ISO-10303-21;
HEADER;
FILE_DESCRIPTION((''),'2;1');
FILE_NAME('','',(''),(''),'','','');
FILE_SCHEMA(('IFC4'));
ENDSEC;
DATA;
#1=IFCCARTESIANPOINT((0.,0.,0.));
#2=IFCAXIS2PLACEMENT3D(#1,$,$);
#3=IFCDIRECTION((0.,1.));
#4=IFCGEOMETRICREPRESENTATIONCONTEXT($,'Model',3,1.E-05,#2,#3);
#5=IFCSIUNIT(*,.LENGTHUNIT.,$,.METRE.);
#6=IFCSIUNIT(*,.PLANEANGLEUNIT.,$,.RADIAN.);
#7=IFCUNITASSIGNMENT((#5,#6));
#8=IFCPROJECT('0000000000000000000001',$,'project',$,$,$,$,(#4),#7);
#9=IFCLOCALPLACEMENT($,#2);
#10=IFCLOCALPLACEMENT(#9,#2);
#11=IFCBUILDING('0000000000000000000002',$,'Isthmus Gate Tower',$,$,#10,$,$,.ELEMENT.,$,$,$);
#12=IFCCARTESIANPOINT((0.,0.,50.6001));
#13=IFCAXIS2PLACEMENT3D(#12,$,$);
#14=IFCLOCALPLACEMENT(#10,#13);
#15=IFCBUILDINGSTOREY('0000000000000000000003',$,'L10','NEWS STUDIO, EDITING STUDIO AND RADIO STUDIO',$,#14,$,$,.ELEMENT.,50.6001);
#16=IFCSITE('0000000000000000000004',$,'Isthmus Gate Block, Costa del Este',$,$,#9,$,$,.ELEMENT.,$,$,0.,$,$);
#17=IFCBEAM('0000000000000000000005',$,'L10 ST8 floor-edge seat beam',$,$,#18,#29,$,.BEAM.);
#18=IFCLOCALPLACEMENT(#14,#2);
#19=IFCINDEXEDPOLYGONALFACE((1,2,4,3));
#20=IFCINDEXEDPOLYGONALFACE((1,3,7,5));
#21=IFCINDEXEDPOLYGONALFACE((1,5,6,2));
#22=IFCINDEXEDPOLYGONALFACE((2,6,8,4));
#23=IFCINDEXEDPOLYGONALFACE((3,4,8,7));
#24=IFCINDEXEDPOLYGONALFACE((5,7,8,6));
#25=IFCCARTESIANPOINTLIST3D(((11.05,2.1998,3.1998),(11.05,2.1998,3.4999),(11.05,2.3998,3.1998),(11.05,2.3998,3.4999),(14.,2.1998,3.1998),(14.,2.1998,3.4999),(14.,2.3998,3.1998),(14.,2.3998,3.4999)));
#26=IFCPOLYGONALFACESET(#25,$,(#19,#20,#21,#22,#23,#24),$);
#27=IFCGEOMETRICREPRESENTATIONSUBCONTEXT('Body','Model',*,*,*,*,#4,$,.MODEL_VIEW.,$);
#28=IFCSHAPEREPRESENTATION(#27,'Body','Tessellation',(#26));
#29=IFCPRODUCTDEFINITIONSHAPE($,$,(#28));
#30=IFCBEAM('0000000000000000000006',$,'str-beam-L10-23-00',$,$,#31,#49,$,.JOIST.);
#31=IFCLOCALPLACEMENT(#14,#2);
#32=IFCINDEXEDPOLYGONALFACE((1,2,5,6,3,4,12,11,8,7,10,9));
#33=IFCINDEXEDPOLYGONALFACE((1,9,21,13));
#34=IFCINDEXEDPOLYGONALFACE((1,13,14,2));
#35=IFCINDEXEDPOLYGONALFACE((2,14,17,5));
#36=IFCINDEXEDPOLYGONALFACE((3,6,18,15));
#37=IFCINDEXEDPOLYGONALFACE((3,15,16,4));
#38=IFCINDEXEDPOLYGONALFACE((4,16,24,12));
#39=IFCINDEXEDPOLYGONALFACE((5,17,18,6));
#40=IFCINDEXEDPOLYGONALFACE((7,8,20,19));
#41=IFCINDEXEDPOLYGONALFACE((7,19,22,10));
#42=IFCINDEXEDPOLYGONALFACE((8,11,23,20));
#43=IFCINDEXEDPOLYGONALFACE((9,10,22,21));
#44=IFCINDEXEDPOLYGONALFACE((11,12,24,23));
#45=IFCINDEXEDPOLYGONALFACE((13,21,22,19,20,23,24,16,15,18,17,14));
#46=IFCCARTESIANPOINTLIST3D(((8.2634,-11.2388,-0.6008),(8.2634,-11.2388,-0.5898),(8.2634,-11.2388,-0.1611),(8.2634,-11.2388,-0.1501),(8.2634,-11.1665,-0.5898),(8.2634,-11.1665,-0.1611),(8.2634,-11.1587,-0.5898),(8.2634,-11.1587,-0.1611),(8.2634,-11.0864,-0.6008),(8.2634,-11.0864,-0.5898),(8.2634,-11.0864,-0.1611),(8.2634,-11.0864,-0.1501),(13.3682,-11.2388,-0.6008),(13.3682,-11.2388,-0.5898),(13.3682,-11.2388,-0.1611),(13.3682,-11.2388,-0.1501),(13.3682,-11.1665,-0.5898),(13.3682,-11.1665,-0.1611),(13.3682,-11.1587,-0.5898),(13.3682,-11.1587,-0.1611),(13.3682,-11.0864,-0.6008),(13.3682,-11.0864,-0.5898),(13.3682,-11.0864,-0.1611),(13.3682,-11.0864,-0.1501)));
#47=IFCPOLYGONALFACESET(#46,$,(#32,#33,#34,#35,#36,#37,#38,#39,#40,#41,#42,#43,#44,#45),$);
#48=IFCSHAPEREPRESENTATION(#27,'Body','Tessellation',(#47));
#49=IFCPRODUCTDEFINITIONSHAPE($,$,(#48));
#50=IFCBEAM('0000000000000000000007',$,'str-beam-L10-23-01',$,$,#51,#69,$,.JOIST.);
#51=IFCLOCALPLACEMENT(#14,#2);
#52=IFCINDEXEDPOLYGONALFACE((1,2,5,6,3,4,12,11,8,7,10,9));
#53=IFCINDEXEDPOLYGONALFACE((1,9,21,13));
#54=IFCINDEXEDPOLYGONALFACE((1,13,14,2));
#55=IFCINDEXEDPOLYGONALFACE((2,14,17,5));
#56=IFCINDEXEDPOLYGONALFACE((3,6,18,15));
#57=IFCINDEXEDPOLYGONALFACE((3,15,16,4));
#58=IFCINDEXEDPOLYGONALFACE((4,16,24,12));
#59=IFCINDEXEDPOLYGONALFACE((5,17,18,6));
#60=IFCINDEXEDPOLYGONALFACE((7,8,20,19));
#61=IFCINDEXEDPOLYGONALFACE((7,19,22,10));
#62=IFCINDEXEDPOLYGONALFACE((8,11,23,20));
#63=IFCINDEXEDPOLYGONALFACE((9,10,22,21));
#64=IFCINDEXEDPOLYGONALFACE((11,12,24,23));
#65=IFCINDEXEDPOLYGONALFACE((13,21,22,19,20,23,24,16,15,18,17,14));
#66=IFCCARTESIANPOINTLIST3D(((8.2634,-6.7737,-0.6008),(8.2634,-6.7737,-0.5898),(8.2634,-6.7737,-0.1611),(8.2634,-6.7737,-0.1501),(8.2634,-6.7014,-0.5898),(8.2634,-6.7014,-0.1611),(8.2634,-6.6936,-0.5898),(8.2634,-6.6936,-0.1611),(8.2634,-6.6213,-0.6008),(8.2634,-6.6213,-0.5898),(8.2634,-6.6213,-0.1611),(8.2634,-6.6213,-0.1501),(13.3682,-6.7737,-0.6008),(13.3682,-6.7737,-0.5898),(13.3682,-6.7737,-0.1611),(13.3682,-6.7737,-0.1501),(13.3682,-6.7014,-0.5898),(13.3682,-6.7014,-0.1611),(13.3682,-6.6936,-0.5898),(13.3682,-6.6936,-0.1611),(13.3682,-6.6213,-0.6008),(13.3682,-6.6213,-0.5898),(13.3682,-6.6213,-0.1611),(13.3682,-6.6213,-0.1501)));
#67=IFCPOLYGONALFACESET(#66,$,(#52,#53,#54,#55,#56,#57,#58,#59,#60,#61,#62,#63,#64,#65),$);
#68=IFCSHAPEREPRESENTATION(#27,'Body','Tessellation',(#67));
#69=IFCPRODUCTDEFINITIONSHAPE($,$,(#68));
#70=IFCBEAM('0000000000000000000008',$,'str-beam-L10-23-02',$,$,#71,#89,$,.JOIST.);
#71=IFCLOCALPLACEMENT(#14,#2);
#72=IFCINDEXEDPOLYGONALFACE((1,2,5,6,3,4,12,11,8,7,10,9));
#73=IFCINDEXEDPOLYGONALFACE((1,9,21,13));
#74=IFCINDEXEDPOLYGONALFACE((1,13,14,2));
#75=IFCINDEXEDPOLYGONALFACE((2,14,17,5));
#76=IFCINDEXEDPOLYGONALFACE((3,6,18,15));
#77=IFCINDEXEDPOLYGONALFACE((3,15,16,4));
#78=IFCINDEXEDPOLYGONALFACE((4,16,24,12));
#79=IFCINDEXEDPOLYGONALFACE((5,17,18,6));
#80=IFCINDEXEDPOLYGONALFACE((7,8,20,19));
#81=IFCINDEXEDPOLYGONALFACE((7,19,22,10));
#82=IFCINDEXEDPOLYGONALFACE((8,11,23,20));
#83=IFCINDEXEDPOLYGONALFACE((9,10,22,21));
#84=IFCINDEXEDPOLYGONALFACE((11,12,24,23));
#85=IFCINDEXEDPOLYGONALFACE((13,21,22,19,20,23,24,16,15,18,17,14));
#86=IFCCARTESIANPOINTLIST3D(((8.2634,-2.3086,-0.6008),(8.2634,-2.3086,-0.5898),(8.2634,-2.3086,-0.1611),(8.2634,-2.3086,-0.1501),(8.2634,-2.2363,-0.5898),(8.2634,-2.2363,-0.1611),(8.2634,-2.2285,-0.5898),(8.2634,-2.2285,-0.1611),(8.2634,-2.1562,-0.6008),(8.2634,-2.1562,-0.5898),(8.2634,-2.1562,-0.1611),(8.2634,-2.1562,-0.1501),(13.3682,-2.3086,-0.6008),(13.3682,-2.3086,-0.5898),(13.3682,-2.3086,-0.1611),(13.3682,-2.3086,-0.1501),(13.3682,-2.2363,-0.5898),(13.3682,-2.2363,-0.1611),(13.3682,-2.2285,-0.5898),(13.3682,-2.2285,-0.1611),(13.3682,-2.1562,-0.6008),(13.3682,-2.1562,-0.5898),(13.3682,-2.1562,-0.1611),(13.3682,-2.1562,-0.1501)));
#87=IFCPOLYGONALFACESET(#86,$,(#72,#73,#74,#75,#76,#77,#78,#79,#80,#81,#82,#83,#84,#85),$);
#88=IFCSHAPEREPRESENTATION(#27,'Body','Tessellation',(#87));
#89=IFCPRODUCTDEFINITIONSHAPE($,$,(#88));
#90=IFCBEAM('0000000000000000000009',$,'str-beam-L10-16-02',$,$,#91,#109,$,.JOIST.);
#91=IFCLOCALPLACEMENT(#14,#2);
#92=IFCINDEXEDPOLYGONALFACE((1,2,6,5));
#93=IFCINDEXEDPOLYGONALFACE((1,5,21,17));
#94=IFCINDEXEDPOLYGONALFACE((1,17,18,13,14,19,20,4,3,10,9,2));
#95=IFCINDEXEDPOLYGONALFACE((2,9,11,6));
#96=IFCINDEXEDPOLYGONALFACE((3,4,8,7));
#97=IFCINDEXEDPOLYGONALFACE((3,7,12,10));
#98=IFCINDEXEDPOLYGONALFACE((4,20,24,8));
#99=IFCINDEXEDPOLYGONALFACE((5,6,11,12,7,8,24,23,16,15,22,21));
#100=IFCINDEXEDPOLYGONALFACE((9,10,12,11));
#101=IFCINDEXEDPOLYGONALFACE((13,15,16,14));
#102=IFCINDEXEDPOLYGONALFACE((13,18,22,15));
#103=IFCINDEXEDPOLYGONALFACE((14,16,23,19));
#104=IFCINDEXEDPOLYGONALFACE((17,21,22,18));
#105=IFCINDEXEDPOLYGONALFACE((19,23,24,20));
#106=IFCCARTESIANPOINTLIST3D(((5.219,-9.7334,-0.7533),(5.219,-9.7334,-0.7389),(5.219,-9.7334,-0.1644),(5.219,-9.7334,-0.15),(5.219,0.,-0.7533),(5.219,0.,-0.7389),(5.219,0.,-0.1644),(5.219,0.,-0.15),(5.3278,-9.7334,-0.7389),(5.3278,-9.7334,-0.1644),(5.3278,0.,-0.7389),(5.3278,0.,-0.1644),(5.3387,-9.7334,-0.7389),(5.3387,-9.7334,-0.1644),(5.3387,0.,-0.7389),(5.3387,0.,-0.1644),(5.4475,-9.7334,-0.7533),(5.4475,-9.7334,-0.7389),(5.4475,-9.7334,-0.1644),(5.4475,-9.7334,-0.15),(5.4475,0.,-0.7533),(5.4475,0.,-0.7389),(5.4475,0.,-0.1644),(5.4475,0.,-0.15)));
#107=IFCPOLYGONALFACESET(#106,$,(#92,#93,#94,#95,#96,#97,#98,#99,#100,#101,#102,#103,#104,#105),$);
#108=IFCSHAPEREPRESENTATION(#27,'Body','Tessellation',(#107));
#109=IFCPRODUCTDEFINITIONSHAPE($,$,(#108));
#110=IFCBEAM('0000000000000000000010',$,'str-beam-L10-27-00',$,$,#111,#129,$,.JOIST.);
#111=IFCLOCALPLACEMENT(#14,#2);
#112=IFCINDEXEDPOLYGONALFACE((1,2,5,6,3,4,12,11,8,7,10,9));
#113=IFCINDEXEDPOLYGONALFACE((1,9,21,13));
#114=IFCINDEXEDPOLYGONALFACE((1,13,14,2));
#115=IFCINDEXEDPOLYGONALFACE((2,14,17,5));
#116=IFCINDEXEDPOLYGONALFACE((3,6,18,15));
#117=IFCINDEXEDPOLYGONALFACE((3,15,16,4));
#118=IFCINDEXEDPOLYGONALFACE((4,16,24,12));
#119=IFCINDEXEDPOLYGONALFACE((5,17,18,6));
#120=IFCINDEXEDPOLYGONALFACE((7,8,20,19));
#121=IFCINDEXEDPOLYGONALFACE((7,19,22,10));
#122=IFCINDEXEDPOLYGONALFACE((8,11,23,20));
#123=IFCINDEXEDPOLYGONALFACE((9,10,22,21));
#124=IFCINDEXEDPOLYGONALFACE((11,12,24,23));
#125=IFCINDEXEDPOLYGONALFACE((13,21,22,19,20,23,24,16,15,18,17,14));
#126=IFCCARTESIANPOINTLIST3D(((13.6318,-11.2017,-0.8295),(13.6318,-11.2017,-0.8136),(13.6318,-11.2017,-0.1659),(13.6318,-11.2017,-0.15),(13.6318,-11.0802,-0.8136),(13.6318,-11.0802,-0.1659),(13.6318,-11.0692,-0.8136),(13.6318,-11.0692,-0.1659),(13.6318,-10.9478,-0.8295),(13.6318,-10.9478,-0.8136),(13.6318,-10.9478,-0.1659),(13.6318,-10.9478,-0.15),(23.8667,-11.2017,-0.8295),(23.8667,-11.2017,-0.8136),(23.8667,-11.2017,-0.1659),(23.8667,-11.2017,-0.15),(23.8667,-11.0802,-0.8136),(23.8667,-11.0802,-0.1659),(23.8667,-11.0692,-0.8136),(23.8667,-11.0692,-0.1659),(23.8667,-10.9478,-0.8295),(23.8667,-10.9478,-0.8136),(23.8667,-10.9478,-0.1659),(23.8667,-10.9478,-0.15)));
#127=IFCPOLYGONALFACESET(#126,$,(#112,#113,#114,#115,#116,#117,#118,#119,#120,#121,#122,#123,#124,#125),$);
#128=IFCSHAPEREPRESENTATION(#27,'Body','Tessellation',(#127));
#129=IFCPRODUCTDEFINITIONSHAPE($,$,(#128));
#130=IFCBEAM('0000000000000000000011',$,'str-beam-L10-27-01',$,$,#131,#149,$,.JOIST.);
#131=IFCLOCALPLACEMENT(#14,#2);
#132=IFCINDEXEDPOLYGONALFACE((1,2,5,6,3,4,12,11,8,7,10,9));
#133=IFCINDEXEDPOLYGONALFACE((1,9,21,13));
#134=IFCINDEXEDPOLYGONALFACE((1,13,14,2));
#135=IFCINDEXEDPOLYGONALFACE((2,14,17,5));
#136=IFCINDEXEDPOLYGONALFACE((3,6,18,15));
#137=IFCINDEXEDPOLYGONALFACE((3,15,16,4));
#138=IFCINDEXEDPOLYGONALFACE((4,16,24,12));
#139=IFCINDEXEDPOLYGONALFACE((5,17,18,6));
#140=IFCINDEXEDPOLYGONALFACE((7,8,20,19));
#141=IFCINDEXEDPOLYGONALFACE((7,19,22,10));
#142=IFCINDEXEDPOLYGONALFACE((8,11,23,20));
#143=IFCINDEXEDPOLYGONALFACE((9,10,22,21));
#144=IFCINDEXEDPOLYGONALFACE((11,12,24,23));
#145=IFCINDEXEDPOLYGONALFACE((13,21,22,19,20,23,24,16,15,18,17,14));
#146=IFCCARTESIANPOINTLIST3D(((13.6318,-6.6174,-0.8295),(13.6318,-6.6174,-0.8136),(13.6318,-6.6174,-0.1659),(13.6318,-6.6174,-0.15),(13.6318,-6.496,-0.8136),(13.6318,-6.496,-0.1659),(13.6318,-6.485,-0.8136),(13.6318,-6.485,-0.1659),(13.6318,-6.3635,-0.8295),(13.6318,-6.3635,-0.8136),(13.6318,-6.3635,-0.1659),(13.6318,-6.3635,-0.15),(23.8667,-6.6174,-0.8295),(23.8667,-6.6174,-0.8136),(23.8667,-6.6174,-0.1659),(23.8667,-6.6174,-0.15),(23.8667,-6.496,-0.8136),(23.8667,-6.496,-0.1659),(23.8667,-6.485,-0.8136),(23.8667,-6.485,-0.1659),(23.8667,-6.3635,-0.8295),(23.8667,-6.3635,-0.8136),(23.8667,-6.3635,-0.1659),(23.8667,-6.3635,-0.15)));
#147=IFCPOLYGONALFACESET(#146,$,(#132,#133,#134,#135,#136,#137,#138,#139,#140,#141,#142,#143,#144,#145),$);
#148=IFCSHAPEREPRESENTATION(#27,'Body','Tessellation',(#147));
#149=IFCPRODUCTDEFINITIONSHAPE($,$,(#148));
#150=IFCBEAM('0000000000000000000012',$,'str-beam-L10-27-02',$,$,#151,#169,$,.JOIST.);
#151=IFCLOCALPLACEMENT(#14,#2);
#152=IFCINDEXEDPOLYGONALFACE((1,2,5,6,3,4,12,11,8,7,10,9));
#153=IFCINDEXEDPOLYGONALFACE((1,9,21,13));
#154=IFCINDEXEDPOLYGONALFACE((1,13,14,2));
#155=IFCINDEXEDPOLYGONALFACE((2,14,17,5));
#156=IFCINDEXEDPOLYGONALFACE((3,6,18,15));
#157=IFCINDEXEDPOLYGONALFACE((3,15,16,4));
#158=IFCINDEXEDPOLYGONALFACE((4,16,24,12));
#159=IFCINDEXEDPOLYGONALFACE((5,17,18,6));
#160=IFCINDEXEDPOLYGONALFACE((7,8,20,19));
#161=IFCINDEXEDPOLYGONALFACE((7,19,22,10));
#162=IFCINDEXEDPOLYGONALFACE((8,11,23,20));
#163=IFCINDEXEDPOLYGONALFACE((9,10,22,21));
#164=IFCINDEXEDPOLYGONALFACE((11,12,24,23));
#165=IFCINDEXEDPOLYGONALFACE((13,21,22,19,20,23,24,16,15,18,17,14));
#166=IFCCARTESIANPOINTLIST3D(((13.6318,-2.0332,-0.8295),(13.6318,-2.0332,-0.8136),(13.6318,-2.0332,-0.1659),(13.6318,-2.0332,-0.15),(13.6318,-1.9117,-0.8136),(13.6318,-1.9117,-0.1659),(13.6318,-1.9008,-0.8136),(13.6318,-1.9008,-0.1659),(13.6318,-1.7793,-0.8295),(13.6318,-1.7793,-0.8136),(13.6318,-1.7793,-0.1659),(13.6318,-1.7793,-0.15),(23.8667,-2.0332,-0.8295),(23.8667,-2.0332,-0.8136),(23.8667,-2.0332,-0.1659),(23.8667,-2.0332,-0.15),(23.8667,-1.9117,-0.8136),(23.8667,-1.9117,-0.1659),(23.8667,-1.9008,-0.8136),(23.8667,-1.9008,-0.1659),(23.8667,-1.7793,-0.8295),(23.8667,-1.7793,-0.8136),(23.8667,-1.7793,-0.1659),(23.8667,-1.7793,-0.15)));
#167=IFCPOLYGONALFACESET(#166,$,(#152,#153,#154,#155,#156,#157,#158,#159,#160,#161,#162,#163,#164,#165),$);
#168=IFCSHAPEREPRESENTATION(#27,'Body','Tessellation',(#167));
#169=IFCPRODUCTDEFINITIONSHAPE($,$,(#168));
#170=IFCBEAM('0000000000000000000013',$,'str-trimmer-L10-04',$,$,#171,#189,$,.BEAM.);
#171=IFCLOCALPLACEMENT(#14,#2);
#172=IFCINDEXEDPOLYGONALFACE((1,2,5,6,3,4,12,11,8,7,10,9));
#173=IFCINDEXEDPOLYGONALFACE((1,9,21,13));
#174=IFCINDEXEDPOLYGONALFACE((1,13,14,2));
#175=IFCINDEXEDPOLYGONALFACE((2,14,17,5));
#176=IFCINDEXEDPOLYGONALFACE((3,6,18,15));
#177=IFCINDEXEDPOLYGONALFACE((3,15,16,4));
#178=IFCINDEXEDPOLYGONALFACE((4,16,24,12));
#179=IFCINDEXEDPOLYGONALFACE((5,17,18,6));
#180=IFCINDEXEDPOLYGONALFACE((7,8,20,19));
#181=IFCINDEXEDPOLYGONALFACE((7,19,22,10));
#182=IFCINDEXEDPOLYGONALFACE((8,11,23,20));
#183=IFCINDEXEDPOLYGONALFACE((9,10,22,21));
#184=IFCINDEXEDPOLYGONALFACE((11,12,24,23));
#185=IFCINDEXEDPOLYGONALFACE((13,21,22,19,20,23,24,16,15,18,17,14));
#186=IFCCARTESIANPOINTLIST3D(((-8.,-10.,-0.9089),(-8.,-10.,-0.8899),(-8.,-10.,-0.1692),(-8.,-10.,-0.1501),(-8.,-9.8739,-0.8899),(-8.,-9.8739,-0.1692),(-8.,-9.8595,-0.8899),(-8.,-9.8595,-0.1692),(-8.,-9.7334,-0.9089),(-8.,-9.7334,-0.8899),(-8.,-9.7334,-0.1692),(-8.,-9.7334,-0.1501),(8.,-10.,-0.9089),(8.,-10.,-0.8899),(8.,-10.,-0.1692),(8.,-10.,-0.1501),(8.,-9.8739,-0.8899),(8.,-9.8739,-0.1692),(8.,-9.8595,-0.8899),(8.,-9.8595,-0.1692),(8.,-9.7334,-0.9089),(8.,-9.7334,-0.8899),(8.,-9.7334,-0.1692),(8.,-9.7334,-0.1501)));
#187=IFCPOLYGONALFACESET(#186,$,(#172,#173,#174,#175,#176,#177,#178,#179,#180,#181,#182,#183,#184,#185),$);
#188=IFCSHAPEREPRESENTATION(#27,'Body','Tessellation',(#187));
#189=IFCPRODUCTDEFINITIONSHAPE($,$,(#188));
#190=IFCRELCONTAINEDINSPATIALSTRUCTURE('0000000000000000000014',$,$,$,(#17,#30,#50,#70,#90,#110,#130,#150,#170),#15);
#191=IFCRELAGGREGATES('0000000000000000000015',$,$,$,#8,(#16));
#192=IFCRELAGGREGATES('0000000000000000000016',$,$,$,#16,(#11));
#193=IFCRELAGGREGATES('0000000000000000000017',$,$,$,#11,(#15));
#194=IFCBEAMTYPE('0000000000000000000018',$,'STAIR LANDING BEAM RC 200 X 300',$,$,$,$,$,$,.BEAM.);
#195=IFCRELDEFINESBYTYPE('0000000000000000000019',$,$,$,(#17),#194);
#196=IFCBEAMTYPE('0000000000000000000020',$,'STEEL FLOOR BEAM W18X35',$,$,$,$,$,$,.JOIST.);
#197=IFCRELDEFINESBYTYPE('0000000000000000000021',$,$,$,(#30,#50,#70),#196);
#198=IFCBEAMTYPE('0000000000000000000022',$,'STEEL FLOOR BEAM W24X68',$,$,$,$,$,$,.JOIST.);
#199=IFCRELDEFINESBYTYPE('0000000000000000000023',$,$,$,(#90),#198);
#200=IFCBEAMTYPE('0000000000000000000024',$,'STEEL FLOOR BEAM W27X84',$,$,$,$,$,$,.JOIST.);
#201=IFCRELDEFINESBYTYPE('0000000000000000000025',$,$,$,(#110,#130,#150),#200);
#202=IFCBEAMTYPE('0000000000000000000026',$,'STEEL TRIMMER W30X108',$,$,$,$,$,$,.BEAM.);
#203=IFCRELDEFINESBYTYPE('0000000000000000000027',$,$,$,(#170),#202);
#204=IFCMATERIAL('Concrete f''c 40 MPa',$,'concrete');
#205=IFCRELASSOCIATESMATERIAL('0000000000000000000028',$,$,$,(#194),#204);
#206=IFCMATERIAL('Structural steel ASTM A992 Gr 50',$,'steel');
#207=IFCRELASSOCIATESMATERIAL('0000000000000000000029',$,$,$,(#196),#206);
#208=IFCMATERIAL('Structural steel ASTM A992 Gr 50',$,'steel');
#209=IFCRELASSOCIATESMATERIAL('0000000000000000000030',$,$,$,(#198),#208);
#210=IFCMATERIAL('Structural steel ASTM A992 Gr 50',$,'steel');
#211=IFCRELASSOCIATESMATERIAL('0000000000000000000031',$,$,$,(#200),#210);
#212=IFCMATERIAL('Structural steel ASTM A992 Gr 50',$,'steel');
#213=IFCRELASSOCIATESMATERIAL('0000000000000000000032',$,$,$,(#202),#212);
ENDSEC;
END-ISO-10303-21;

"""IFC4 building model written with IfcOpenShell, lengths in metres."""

from ifc_helpers import new_model, si_unit, direction, frame, origin, origin_2d, place, context, subcontext, project, spatial, rectangle, i_section, extrude, material, material_profile, profile_set, type_object, element, save


model = new_model("IFC4")

# Units and contexts
model_context = context("Model", 3, precision=1e-05, world=origin(), true_north=direction((0.0, 1.0)))
body_context = subcontext(model_context, "Body", "Model", "MODEL_VIEW")
ifc_project = project(units=[si_unit("LENGTHUNIT", "METRE"), si_unit("PLANEANGLEUNIT", "RADIAN")], contexts=[model_context])

# Site, building, storey
site_placement = place(None, origin())
site = spatial("IfcSite", under=ifc_project, at=site_placement, Name="Isthmus Gate Block, Costa del Este", CompositionType="ELEMENT", RefElevation=0.0)
building_placement = place(site_placement, origin())
building = spatial("IfcBuilding", under=site, at=building_placement, Name="Isthmus Gate Tower", CompositionType="ELEMENT")
storey_placement = place(building_placement, frame((0.0, 0.0, 50.6001)))
storey = spatial("IfcBuildingStorey", under=building, at=storey_placement, Name="L10", Description="NEWS STUDIO, EDITING STUDIO AND RADIO STUDIO", CompositionType="ELEMENT", Elevation=50.6001)

# Beams
ifc_material_1 = material(Name="Concrete f'c 40 MPa", Category="concrete")
ifc_material_profile_1 = material_profile(ifc_material_1, rectangle(XDim=0.2, YDim=0.3, at=origin_2d()), Name="STAIR LANDING BEAM RC 200 X 300")
ifc_profile_set_1 = profile_set([ifc_material_profile_1], Name="Concrete f'c 40 MPa")
beam_type_1 = type_object("IfcBeamType", Name="STAIR LANDING BEAM RC 200 X 300", PredefinedType="BEAM", material=ifc_profile_set_1)
beam_1_placement = place(storey_placement, frame((11.05, 2.2998, 3.3499), z_axis=(1.0, 0.0, 0.0), x_axis=(0.0, 1.0, 0.0)))
element("IfcBeam", 1, at=beam_1_placement, inside=storey, type_object=beam_type_1, Name="L10 ST8 floor-edge seat beam", PredefinedType="BEAM", context=body_context, shape_type="SweptSolid", body=[
    extrude(rectangle(XDim=0.2, YDim=0.3, at=origin_2d()), origin(), (0.0, 0.0, 1.0), 2.95),
])
ifc_material_2 = material(Name="Structural steel ASTM A992 Gr 50", Category="steel")
ifc_material_profile_2 = material_profile(ifc_material_2, i_section(OverallWidth=0.1523, OverallDepth=0.4507, WebThickness=0.0078, FlangeThickness=0.011, at=origin_2d()), Name="W18X35")
ifc_profile_set_2 = profile_set([ifc_material_profile_2], Name="Structural steel ASTM A992 Gr 50")
beam_type_2 = type_object("IfcBeamType", Name="STEEL FLOOR BEAM W18X35", PredefinedType="JOIST", material=ifc_profile_set_2)
for number, where, z_axis, x_axis, name in (
    (2, (8.2634, -11.1626, -0.3755), (1.0, 0.0, 0.0), (0.0, 1.0, 0.0), "str-beam-L10-23-00"),
    (3, (8.2634, -6.6975, -0.3755), (1.0, 0.0, 0.0), (0.0, 1.0, 0.0), "str-beam-L10-23-01"),
    (4, (8.2634, -2.2324, -0.3755), (1.0, 0.0, 0.0), (0.0, 1.0, 0.0), "str-beam-L10-23-02"),
):
    element("IfcBeam", number, at=place(storey_placement, frame(where, z_axis=z_axis, x_axis=x_axis)), inside=storey, type_object=beam_type_2, Name=name, PredefinedType="JOIST", context=body_context, shape_type="SweptSolid", body=[
        extrude(i_section(OverallWidth=0.1523, OverallDepth=0.4507, WebThickness=0.0078, FlangeThickness=0.011, at=origin_2d()), origin(), (0.0, 0.0, 1.0), 5.1047),
    ])
ifc_material_3 = material(Name="Structural steel ASTM A992 Gr 50", Category="steel")
ifc_material_profile_3 = material_profile(ifc_material_3, i_section(OverallWidth=0.2285, OverallDepth=0.6033, WebThickness=0.011, FlangeThickness=0.0144, at=origin_2d()), Name="W24X68")
ifc_profile_set_3 = profile_set([ifc_material_profile_3], Name="Structural steel ASTM A992 Gr 50")
beam_type_3 = type_object("IfcBeamType", Name="STEEL FLOOR BEAM W24X68", PredefinedType="JOIST", material=ifc_profile_set_3)
beam_2_placement = place(storey_placement, frame((5.3333, -9.7334, -0.4517), z_axis=(0.0, 1.0, 0.0), x_axis=(-1.0, 0.0, 0.0)))
element("IfcBeam", 5, at=beam_2_placement, inside=storey, type_object=beam_type_3, Name="str-beam-L10-16-02", PredefinedType="JOIST", context=body_context, shape_type="SweptSolid", body=[
    extrude(i_section(OverallWidth=0.2285, OverallDepth=0.6033, WebThickness=0.011, FlangeThickness=0.0144, at=origin_2d()), origin(), (0.0, 0.0, 1.0), 9.7334),
])
ifc_material_4 = material(Name="Structural steel ASTM A992 Gr 50", Category="steel")
ifc_material_profile_4 = material_profile(ifc_material_4, i_section(OverallWidth=0.2539, OverallDepth=0.6794, WebThickness=0.011, FlangeThickness=0.0159, at=origin_2d()), Name="W27X84")
ifc_profile_set_4 = profile_set([ifc_material_profile_4], Name="Structural steel ASTM A992 Gr 50")
beam_type_4 = type_object("IfcBeamType", Name="STEEL FLOOR BEAM W27X84", PredefinedType="JOIST", material=ifc_profile_set_4)
for number, where, z_axis, x_axis, name in (
    (6, (13.6318, -11.0747, -0.4897), (1.0, 0.0, 0.0), (0.0, 1.0, 0.0), "str-beam-L10-27-00"),
    (7, (13.6318, -6.4905, -0.4897), (1.0, 0.0, 0.0), (0.0, 1.0, 0.0), "str-beam-L10-27-01"),
    (8, (13.6318, -1.9062, -0.4897), (1.0, 0.0, 0.0), (0.0, 1.0, 0.0), "str-beam-L10-27-02"),
):
    element("IfcBeam", number, at=place(storey_placement, frame(where, z_axis=z_axis, x_axis=x_axis)), inside=storey, type_object=beam_type_4, Name=name, PredefinedType="JOIST", context=body_context, shape_type="SweptSolid", body=[
        extrude(i_section(OverallWidth=0.2539, OverallDepth=0.6794, WebThickness=0.011, FlangeThickness=0.0159, at=origin_2d()), origin(), (0.0, 0.0, 1.0), 10.2349),
    ])
ifc_material_5 = material(Name="Structural steel ASTM A992 Gr 50", Category="steel")
ifc_material_profile_5 = material_profile(ifc_material_5, i_section(OverallWidth=0.2666, OverallDepth=0.7588, WebThickness=0.0144, FlangeThickness=0.019, at=origin_2d()), Name="W30X108")
ifc_profile_set_5 = profile_set([ifc_material_profile_5], Name="Structural steel ASTM A992 Gr 50")
beam_type_5 = type_object("IfcBeamType", Name="STEEL TRIMMER W30X108", PredefinedType="BEAM", material=ifc_profile_set_5)
beam_3_placement = place(storey_placement, frame((8.0, -9.8667, -0.5295), z_axis=(-1.0, 0.0, 0.0), x_axis=(0.0, -1.0, 0.0)))
element("IfcBeam", 9, at=beam_3_placement, inside=storey, type_object=beam_type_5, Name="str-trimmer-L10-04", PredefinedType="BEAM", context=body_context, shape_type="SweptSolid", body=[
    extrude(i_section(OverallWidth=0.2666, OverallDepth=0.7588, WebThickness=0.0144, FlangeThickness=0.019, at=origin_2d()), origin(), (0.0, 0.0, 1.0), 16.0),
])

save(model, "model.ifc")
